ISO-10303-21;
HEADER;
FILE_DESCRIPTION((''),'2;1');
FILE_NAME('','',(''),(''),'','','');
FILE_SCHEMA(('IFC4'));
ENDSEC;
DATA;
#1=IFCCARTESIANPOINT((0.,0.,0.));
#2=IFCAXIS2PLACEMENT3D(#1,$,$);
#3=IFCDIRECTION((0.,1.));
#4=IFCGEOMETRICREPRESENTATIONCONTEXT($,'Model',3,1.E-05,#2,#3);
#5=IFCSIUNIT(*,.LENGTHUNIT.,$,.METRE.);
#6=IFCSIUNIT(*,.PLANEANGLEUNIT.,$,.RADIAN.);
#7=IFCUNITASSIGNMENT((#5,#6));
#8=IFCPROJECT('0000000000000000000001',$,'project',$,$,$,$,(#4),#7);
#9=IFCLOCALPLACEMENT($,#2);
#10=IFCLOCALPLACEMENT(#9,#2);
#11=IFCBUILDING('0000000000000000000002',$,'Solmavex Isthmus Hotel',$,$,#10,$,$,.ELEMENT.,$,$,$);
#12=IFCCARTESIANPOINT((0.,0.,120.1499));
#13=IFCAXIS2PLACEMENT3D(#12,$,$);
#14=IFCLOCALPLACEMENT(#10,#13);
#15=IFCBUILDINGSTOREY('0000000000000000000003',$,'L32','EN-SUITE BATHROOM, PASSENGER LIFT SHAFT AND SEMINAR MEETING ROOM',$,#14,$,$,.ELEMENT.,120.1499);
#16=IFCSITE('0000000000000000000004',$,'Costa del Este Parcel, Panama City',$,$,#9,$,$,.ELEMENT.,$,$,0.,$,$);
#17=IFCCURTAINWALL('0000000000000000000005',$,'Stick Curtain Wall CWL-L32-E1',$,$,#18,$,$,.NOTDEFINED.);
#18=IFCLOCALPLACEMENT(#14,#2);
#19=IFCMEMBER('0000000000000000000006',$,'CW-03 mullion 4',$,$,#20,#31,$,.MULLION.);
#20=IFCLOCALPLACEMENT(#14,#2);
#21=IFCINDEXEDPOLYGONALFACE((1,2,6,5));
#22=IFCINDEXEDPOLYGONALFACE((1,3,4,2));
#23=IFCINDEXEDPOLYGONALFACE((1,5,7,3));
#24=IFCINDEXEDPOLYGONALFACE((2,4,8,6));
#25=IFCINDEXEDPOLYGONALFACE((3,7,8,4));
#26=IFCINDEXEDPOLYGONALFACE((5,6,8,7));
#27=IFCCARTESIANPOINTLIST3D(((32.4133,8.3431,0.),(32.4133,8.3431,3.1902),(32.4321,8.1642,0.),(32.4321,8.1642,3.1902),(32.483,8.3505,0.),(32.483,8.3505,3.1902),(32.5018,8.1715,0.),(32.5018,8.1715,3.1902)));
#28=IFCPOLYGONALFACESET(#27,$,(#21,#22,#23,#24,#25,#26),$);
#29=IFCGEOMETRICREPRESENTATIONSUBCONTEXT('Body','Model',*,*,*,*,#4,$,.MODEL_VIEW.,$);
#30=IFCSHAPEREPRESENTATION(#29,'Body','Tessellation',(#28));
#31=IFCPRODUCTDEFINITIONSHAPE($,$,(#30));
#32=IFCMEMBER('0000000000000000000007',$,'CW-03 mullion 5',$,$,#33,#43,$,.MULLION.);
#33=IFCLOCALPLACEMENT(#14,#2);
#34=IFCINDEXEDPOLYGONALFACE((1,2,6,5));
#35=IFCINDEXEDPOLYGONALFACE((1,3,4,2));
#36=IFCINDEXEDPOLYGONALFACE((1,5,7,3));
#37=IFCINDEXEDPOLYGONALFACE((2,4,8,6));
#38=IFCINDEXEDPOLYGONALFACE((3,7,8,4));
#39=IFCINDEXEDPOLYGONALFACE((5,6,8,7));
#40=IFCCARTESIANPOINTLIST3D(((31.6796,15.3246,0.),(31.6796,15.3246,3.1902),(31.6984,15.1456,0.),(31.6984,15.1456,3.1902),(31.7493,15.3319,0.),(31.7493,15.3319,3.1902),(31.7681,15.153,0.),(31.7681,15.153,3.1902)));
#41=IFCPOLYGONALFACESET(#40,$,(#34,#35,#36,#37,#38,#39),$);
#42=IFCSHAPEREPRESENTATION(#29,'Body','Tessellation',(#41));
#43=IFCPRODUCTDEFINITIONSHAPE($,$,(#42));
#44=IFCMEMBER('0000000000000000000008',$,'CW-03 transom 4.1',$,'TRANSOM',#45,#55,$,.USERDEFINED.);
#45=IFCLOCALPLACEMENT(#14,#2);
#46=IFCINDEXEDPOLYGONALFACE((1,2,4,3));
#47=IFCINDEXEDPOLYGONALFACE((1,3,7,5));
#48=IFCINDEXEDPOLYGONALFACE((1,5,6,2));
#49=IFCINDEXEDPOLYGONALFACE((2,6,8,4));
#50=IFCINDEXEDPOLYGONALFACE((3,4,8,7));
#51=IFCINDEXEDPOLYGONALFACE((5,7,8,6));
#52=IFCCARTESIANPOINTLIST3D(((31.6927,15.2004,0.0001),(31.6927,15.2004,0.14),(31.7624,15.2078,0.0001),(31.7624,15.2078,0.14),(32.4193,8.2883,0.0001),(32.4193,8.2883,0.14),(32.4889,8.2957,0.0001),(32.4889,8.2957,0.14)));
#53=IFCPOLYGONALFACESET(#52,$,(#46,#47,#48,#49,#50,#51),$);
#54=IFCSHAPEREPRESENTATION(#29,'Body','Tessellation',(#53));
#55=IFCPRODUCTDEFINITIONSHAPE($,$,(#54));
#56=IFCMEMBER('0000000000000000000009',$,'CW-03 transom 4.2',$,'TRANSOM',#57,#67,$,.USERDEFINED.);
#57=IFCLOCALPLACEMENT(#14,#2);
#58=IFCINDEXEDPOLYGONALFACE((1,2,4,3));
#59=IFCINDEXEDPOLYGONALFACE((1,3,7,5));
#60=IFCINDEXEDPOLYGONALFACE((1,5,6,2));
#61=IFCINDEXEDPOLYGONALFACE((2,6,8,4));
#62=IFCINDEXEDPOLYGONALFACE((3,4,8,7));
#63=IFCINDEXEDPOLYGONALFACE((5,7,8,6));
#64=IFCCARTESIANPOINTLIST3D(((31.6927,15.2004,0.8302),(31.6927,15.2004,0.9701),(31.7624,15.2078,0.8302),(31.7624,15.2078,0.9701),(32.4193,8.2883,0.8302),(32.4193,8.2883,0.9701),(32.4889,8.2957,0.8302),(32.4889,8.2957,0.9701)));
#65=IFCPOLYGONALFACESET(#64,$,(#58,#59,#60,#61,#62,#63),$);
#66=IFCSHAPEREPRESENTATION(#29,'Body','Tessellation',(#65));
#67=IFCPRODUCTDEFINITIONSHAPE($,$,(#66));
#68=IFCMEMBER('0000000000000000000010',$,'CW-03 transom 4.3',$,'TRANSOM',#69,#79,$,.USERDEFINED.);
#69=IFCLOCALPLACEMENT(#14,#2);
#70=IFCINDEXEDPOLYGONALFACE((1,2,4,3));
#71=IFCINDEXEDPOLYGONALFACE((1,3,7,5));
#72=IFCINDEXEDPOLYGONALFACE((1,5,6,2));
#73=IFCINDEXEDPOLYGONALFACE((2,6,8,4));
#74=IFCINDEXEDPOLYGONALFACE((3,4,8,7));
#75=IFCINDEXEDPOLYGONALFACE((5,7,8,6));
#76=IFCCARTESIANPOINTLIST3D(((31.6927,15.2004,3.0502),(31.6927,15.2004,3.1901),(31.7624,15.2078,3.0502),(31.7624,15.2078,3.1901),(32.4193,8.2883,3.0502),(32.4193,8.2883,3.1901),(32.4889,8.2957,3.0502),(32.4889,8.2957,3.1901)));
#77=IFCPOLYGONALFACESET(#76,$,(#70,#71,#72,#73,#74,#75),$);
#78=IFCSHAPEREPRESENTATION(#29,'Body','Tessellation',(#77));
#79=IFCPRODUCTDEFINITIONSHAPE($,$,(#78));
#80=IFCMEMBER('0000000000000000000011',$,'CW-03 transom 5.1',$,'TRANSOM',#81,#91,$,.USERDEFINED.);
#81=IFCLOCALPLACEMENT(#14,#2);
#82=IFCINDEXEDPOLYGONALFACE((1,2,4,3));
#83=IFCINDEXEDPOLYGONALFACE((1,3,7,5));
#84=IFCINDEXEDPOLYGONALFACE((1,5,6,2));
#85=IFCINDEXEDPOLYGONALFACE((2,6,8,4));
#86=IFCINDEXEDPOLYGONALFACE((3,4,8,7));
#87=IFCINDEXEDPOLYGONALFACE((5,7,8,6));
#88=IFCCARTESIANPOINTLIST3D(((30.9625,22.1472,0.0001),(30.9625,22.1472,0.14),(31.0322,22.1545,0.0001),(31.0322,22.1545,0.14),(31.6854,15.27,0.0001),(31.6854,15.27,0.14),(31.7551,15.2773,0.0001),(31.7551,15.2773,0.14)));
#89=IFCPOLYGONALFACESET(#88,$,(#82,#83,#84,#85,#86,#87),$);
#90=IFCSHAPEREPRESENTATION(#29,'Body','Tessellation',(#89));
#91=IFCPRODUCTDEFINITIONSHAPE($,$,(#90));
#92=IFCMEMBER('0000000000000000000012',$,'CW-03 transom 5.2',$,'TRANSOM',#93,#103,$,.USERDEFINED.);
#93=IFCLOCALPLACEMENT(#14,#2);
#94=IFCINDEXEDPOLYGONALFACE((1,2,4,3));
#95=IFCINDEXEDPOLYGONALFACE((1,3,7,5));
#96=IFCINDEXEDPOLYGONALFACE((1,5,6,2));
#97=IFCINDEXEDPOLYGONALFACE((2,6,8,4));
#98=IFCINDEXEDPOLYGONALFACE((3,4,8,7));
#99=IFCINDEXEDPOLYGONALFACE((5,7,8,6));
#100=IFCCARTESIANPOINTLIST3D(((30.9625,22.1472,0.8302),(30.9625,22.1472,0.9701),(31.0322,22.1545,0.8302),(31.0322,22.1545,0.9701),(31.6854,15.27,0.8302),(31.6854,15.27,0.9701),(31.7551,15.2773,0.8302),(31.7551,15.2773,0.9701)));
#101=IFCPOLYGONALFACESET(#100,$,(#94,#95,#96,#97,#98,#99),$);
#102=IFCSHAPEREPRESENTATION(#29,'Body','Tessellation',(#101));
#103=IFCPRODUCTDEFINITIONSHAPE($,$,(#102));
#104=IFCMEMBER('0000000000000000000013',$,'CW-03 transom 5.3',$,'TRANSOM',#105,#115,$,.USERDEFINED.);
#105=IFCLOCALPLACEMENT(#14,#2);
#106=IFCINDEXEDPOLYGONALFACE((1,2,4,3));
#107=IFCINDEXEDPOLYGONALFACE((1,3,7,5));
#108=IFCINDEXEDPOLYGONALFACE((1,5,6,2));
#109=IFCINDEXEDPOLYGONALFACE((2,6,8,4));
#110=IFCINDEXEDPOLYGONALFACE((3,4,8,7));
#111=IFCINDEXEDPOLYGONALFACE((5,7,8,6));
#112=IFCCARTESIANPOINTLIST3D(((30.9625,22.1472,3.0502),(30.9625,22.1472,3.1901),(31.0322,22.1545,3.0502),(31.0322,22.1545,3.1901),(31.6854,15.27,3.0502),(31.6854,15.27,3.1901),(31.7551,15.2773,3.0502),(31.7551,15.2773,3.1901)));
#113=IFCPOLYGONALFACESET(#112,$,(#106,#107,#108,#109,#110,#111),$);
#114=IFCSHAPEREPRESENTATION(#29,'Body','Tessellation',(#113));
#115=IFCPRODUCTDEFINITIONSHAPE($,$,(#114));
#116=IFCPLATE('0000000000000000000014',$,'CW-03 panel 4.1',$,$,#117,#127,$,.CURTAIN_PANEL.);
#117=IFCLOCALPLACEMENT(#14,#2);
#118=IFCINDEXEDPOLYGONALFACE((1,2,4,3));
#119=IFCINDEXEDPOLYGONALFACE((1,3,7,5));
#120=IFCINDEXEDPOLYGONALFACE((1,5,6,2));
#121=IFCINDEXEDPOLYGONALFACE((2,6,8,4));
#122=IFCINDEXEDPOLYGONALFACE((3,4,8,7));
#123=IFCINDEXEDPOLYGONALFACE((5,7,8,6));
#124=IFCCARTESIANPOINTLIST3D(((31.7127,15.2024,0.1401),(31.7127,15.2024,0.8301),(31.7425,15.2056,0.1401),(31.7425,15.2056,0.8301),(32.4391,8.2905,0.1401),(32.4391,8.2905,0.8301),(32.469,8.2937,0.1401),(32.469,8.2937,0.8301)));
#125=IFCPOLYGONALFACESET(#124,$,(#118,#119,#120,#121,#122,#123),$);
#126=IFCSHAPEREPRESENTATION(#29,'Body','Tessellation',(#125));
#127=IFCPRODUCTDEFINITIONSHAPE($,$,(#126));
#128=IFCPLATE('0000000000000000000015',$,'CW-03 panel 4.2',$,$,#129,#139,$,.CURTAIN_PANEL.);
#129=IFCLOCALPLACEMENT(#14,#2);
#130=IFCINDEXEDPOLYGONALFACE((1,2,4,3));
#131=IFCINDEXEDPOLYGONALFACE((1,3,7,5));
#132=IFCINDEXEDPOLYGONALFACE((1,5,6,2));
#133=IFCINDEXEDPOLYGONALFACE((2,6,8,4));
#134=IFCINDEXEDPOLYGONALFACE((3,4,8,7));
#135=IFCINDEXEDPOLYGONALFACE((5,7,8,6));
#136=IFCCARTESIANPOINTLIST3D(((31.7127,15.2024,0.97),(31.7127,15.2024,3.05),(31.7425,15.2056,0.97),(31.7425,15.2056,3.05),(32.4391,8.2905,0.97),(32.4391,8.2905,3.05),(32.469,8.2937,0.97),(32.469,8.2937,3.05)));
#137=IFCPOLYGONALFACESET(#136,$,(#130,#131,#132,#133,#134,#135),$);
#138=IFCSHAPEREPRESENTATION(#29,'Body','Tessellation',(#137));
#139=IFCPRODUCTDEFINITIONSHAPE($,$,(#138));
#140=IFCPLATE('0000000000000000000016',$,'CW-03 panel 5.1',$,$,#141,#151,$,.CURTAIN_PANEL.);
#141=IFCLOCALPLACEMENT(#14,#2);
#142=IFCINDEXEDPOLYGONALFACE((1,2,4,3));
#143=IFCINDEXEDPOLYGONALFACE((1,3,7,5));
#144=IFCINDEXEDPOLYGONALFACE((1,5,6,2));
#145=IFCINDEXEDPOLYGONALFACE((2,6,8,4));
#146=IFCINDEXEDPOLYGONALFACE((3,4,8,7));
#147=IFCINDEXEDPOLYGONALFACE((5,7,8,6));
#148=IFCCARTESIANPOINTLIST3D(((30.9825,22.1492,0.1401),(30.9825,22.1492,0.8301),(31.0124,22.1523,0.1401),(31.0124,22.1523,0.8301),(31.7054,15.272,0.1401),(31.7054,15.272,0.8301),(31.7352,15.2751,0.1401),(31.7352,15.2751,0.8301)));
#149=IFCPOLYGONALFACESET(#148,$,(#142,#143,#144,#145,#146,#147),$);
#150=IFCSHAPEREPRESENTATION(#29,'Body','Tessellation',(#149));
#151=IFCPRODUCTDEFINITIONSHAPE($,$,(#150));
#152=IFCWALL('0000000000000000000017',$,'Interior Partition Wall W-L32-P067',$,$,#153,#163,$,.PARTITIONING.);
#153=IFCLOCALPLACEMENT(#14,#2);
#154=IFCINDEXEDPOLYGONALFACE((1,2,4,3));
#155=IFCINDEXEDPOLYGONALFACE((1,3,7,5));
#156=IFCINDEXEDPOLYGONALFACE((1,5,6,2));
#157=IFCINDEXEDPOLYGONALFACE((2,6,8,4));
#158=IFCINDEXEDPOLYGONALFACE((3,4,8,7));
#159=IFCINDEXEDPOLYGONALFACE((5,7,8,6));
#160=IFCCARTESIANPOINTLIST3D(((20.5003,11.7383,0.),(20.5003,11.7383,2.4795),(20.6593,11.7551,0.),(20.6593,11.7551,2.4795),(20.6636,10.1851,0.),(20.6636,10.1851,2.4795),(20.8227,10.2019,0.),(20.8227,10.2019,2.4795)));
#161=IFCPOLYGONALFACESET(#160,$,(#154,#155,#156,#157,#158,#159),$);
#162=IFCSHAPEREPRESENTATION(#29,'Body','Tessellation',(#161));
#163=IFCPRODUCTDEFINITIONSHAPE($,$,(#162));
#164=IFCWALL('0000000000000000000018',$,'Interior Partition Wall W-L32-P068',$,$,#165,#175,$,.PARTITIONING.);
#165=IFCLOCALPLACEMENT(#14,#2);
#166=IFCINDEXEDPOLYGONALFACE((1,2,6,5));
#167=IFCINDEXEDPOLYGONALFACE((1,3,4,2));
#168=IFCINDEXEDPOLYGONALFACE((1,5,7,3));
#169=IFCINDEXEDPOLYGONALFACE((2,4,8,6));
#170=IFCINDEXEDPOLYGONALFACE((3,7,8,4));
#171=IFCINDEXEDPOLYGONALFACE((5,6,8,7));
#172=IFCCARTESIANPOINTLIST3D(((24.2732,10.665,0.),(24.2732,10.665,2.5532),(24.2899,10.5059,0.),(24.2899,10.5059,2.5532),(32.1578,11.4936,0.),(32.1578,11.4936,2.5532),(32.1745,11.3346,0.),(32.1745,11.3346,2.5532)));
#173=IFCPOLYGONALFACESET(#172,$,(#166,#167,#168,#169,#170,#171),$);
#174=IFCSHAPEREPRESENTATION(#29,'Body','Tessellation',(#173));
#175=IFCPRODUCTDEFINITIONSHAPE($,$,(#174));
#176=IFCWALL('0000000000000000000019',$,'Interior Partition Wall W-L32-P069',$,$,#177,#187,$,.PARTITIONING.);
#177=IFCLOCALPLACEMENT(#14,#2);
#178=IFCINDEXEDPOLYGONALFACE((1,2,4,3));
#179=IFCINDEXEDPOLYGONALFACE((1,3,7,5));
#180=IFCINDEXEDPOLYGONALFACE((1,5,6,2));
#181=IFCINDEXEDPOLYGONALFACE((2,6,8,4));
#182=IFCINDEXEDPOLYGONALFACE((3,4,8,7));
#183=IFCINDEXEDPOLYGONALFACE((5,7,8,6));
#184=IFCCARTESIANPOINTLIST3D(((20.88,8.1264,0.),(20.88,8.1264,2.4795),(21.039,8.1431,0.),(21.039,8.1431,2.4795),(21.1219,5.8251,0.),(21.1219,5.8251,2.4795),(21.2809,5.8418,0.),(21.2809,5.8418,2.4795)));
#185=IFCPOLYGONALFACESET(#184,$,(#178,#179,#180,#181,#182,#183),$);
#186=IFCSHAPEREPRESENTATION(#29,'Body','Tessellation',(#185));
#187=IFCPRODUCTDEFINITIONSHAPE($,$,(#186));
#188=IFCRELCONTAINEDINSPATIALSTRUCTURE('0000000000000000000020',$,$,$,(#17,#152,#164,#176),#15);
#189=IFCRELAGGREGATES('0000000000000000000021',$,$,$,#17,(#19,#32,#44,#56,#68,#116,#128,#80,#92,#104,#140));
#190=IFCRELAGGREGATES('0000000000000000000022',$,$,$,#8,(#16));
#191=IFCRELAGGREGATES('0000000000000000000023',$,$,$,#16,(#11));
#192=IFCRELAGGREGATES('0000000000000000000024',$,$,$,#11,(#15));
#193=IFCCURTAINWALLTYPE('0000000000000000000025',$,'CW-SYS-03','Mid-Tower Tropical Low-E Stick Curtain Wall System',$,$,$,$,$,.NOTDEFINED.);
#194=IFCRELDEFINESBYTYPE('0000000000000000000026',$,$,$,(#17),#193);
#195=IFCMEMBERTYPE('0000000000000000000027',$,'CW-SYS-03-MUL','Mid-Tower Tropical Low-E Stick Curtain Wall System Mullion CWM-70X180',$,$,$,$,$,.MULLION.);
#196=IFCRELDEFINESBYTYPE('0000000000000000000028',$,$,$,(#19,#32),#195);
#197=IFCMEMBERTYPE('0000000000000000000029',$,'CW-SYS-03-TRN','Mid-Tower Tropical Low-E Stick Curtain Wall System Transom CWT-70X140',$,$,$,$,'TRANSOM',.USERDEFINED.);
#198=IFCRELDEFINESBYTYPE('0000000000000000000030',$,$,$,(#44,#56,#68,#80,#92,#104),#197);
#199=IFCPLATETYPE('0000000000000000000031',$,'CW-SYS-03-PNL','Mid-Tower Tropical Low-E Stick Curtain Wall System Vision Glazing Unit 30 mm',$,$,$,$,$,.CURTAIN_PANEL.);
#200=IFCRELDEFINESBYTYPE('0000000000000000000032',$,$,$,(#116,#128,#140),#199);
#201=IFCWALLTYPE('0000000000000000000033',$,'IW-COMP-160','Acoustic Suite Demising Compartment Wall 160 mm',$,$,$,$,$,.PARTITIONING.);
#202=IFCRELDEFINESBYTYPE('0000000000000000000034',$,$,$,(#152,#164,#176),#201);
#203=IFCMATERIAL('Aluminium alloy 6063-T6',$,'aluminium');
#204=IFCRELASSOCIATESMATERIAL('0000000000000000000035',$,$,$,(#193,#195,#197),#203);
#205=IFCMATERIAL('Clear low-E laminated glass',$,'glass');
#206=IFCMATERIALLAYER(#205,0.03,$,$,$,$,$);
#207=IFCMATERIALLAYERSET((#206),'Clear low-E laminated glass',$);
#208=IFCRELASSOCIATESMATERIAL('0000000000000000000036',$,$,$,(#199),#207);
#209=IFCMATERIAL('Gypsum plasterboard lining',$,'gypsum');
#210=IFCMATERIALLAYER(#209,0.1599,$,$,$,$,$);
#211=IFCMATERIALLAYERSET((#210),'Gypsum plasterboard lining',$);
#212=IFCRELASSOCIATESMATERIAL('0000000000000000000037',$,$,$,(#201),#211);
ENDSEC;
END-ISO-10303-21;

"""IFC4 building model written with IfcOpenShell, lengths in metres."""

from ifc_helpers import new_model, si_unit, direction, frame, frame_2d, origin, origin_2d, place, context, subcontext, project, spatial, rectangle, extrude, material, layer, layer_set, material_profile, profile_set, type_object, element, aggregate, save


model = new_model("IFC4")

# Units and contexts
model_context = context("Model", 3, precision=1e-05, world=origin(), true_north=direction((0.0, 1.0)))
body_context = subcontext(model_context, "Body", "Model", "MODEL_VIEW")
ifc_project = project(units=[si_unit("LENGTHUNIT", "METRE"), si_unit("PLANEANGLEUNIT", "RADIAN")], contexts=[model_context])

# Site, building, storey
site_placement = place(None, origin())
site = spatial("IfcSite", under=ifc_project, at=site_placement, Name="Costa del Este Parcel, Panama City", CompositionType="ELEMENT", RefElevation=0.0)
building_placement = place(site_placement, origin())
building = spatial("IfcBuilding", under=site, at=building_placement, Name="Solmavex Isthmus Hotel", CompositionType="ELEMENT")
storey_placement = place(building_placement, frame((0.0, 0.0, 120.1499)))
storey = spatial("IfcBuildingStorey", under=building, at=storey_placement, Name="L32", Description="EN-SUITE BATHROOM, PASSENGER LIFT SHAFT AND SEMINAR MEETING ROOM", CompositionType="ELEMENT", Elevation=120.1499)

# Curtain wall, members, plates
ifc_material_1 = material(Name="Aluminium alloy 6063-T6", Category="aluminium")
curtain_wall_type = type_object("IfcCurtainWallType", Name="CW-SYS-03", Description="Mid-Tower Tropical Low-E Stick Curtain Wall System", PredefinedType="NOTDEFINED", material=ifc_material_1)
curtain_wall_placement = place(storey_placement, origin())
curtain_wall = element("IfcCurtainWall", 1, at=curtain_wall_placement, inside=storey, type_object=curtain_wall_type, Name="Stick Curtain Wall CWL-L32-E1", PredefinedType="NOTDEFINED")
ifc_material_profile_1 = material_profile(ifc_material_1, rectangle(XDim=0.0701, YDim=0.1799, at=origin_2d()), Name="CWM-70X180")
ifc_profile_set_1 = profile_set([ifc_material_profile_1], Name="Aluminium alloy 6063-T6")
member_type_1 = type_object("IfcMemberType", Name="CW-SYS-03-MUL", Description="Mid-Tower Tropical Low-E Stick Curtain Wall System Mullion CWM-70X180", PredefinedType="MULLION", material=ifc_profile_set_1)
member_1_placement = place(storey_placement, frame((32.4575, 8.2573, 0.0), z_axis=(0.0, 0.0, 1.0), x_axis=(-0.994522, -0.104528, 0.0)))
member_1 = element("IfcMember", 2, at=member_1_placement, type_object=member_type_1, Name="CW-03 mullion 4", PredefinedType="MULLION", context=body_context, shape_type="SweptSolid", body=[
    extrude(rectangle(XDim=0.0701, YDim=0.1799, at=origin_2d()), origin(), (0.0, 0.0, 1.0), 3.1902),
])
member_2_placement = place(storey_placement, frame((31.7239, 15.2388, 0.0), z_axis=(0.0, 0.0, 1.0), x_axis=(-0.994522, -0.104528, 0.0)))
member_2 = element("IfcMember", 3, at=member_2_placement, type_object=member_type_1, Name="CW-03 mullion 5", PredefinedType="MULLION", context=body_context, shape_type="SweptSolid", body=[
    extrude(rectangle(XDim=0.0701, YDim=0.1799, at=origin_2d()), origin(), (0.0, 0.0, 1.0), 3.1902),
])
ifc_material_profile_2 = material_profile(ifc_material_1, rectangle(XDim=0.0701, YDim=0.1399, at=origin_2d()), Name="CWT-70X140")
ifc_profile_set_2 = profile_set([ifc_material_profile_2], Name="Aluminium alloy 6063-T6")
member_type_2 = type_object("IfcMemberType", Name="CW-SYS-03-TRN", Description="Mid-Tower Tropical Low-E Stick Curtain Wall System Transom CWT-70X140", ElementType="TRANSOM", PredefinedType="USERDEFINED", material=ifc_profile_set_2)
member_3_placement = place(storey_placement, frame((32.4541, 8.292, 0.0701), z_axis=(-0.104539, 0.994521, 0.0), x_axis=(-0.994521, -0.104539, 0.0)))
member_3 = element("IfcMember", 4, at=member_3_placement, type_object=member_type_2, Name="CW-03 transom 4.1", ObjectType="TRANSOM", PredefinedType="USERDEFINED", context=body_context, shape_type="SweptSolid", body=[
    extrude(rectangle(XDim=0.0701, YDim=0.1399, at=origin_2d()), origin(), (0.0, 0.0, 1.0), 6.9502),
])
member_4_placement = place(storey_placement, frame((32.4541, 8.292, 0.9001), z_axis=(-0.104539, 0.994521, 0.0), x_axis=(-0.994521, -0.104539, 0.0)))
member_4 = element("IfcMember", 5, at=member_4_placement, type_object=member_type_2, Name="CW-03 transom 4.2", ObjectType="TRANSOM", PredefinedType="USERDEFINED", context=body_context, shape_type="SweptSolid", body=[
    extrude(rectangle(XDim=0.0701, YDim=0.1399, at=origin_2d()), origin(), (0.0, 0.0, 1.0), 6.9502),
])
member_5_placement = place(storey_placement, frame((32.4541, 8.292, 3.1201), z_axis=(-0.104539, 0.994521, 0.0), x_axis=(-0.994521, -0.104539, 0.0)))
member_5 = element("IfcMember", 6, at=member_5_placement, type_object=member_type_2, Name="CW-03 transom 4.3", ObjectType="TRANSOM", PredefinedType="USERDEFINED", context=body_context, shape_type="SweptSolid", body=[
    extrude(rectangle(XDim=0.0701, YDim=0.1399, at=origin_2d()), origin(), (0.0, 0.0, 1.0), 6.9502),
])
member_6_placement = place(storey_placement, frame((31.7202, 15.2737, 0.0701), z_axis=(-0.10454, 0.994521, 0.0), x_axis=(-0.994521, -0.10454, 0.0)))
member_6 = element("IfcMember", 7, at=member_6_placement, type_object=member_type_2, Name="CW-03 transom 5.1", ObjectType="TRANSOM", PredefinedType="USERDEFINED", context=body_context, shape_type="SweptSolid", body=[
    extrude(rectangle(XDim=0.0701, YDim=0.1399, at=origin_2d()), origin(), (0.0, 0.0, 1.0), 6.915),
])
member_7_placement = place(storey_placement, frame((31.7202, 15.2737, 0.9001), z_axis=(-0.10454, 0.994521, 0.0), x_axis=(-0.994521, -0.10454, 0.0)))
member_7 = element("IfcMember", 8, at=member_7_placement, type_object=member_type_2, Name="CW-03 transom 5.2", ObjectType="TRANSOM", PredefinedType="USERDEFINED", context=body_context, shape_type="SweptSolid", body=[
    extrude(rectangle(XDim=0.0701, YDim=0.1399, at=origin_2d()), origin(), (0.0, 0.0, 1.0), 6.915),
])
member_8_placement = place(storey_placement, frame((31.7202, 15.2737, 3.1201), z_axis=(-0.10454, 0.994521, 0.0), x_axis=(-0.994521, -0.10454, 0.0)))
member_8 = element("IfcMember", 9, at=member_8_placement, type_object=member_type_2, Name="CW-03 transom 5.3", ObjectType="TRANSOM", PredefinedType="USERDEFINED", context=body_context, shape_type="SweptSolid", body=[
    extrude(rectangle(XDim=0.0701, YDim=0.1399, at=origin_2d()), origin(), (0.0, 0.0, 1.0), 6.915),
])
ifc_material_2 = material(Name="Clear low-E laminated glass", Category="glass")
ifc_layer_1 = layer(ifc_material_2, 0.03)
ifc_layer_set_1 = layer_set([ifc_layer_1], Name="Clear low-E laminated glass")
plate_type = type_object("IfcPlateType", Name="CW-SYS-03-PNL", Description="Mid-Tower Tropical Low-E Stick Curtain Wall System Vision Glazing Unit 30 mm", PredefinedType="CURTAIN_PANEL", material=ifc_layer_set_1)
plate_1_placement = place(storey_placement, frame((32.0908, 11.748, 0.1401), z_axis=(0.0, 0.0, 1.0), x_axis=(-0.104528, 0.994522, 0.0)))
plate_1 = element("IfcPlate", 10, at=plate_1_placement, type_object=plate_type, Name="CW-03 panel 4.1", PredefinedType="CURTAIN_PANEL", context=body_context, shape_type="SweptSolid", body=[
    extrude(rectangle(XDim=6.95, YDim=0.03, at=origin_2d()), origin(), (0.0, 0.0, 1.0), 0.6899),
])
plate_2_placement = place(storey_placement, frame((32.0908, 11.748, 0.97), z_axis=(0.0, 0.0, 1.0), x_axis=(-0.104528, 0.994522, 0.0)))
plate_2 = element("IfcPlate", 11, at=plate_2_placement, type_object=plate_type, Name="CW-03 panel 4.2", PredefinedType="CURTAIN_PANEL", context=body_context, shape_type="SweptSolid", body=[
    extrude(rectangle(XDim=6.95, YDim=0.03, at=origin_2d()), origin(), (0.0, 0.0, 1.0), 2.0801),
])
plate_3_placement = place(storey_placement, frame((31.3589, 18.7122, 0.1401), z_axis=(0.0, 0.0, 1.0), x_axis=(-0.104528, 0.994522, 0.0)))
plate_3 = element("IfcPlate", 12, at=plate_3_placement, type_object=plate_type, Name="CW-03 panel 5.1", PredefinedType="CURTAIN_PANEL", context=body_context, shape_type="SweptSolid", body=[
    extrude(rectangle(XDim=6.915, YDim=0.03, at=origin_2d()), origin(), (0.0, 0.0, 1.0), 0.6899),
])
aggregate(curtain_wall, [member_1, member_2, member_3, member_4, member_5, plate_1, plate_2, member_6, member_7, member_8, plate_3])

# Walls
ifc_material_3 = material(Name="Gypsum plasterboard lining", Category="gypsum")
ifc_layer_2 = layer(ifc_material_3, 0.1599)
ifc_layer_set_2 = layer_set([ifc_layer_2], Name="Gypsum plasterboard lining")
wall_type_1 = type_object("IfcWallType", Name="IW-COMP-160", Description="Acoustic Suite Demising Compartment Wall 160 mm", PredefinedType="PARTITIONING", material=ifc_layer_set_2)
wall_1_placement = place(storey_placement, frame((20.5798, 11.7466, 0.0), z_axis=(0.0, 0.0, 1.0), x_axis=(0.104579, -0.994517, 0.0)))
element("IfcWall", 13, at=wall_1_placement, inside=storey, type_object=wall_type_1, Name="Interior Partition Wall W-L32-P067", PredefinedType="PARTITIONING", context=body_context, shape_type="SweptSolid", body=[
    extrude(rectangle(XDim=1.5618, YDim=0.1599, at=frame_2d((0.7808, 0.0))), origin(), (0.0, 0.0, 1.0), 2.4795),
])
wall_2_placement = place(storey_placement, frame((32.166, 11.4141, 0.0), z_axis=(0.0, 0.0, 1.0), x_axis=(-0.994523, -0.104518, 0.0)))
element("IfcWall", 14, at=wall_2_placement, inside=storey, type_object=wall_type_1, Name="Interior Partition Wall W-L32-P068", PredefinedType="PARTITIONING", context=body_context, shape_type="SweptSolid", body=[
    extrude(rectangle(XDim=7.928, YDim=0.1599, at=frame_2d((3.9639, 0.0))), origin(), (0.0, 0.0, 1.0), 2.5532),
])
wall_3_placement = place(storey_placement, frame((20.9595, 8.1348, 0.0), z_axis=(0.0, 0.0, 1.0), x_axis=(0.104558, -0.994519, 0.0)))
element("IfcWall", 15, at=wall_3_placement, inside=storey, type_object=wall_type_1, Name="Interior Partition Wall W-L32-P069", PredefinedType="PARTITIONING", context=body_context, shape_type="SweptSolid", body=[
    extrude(rectangle(XDim=2.314, YDim=0.1599, at=frame_2d((1.157, 0.0))), origin(), (0.0, 0.0, 1.0), 2.4795),
])

save(model, "model.ifc")
